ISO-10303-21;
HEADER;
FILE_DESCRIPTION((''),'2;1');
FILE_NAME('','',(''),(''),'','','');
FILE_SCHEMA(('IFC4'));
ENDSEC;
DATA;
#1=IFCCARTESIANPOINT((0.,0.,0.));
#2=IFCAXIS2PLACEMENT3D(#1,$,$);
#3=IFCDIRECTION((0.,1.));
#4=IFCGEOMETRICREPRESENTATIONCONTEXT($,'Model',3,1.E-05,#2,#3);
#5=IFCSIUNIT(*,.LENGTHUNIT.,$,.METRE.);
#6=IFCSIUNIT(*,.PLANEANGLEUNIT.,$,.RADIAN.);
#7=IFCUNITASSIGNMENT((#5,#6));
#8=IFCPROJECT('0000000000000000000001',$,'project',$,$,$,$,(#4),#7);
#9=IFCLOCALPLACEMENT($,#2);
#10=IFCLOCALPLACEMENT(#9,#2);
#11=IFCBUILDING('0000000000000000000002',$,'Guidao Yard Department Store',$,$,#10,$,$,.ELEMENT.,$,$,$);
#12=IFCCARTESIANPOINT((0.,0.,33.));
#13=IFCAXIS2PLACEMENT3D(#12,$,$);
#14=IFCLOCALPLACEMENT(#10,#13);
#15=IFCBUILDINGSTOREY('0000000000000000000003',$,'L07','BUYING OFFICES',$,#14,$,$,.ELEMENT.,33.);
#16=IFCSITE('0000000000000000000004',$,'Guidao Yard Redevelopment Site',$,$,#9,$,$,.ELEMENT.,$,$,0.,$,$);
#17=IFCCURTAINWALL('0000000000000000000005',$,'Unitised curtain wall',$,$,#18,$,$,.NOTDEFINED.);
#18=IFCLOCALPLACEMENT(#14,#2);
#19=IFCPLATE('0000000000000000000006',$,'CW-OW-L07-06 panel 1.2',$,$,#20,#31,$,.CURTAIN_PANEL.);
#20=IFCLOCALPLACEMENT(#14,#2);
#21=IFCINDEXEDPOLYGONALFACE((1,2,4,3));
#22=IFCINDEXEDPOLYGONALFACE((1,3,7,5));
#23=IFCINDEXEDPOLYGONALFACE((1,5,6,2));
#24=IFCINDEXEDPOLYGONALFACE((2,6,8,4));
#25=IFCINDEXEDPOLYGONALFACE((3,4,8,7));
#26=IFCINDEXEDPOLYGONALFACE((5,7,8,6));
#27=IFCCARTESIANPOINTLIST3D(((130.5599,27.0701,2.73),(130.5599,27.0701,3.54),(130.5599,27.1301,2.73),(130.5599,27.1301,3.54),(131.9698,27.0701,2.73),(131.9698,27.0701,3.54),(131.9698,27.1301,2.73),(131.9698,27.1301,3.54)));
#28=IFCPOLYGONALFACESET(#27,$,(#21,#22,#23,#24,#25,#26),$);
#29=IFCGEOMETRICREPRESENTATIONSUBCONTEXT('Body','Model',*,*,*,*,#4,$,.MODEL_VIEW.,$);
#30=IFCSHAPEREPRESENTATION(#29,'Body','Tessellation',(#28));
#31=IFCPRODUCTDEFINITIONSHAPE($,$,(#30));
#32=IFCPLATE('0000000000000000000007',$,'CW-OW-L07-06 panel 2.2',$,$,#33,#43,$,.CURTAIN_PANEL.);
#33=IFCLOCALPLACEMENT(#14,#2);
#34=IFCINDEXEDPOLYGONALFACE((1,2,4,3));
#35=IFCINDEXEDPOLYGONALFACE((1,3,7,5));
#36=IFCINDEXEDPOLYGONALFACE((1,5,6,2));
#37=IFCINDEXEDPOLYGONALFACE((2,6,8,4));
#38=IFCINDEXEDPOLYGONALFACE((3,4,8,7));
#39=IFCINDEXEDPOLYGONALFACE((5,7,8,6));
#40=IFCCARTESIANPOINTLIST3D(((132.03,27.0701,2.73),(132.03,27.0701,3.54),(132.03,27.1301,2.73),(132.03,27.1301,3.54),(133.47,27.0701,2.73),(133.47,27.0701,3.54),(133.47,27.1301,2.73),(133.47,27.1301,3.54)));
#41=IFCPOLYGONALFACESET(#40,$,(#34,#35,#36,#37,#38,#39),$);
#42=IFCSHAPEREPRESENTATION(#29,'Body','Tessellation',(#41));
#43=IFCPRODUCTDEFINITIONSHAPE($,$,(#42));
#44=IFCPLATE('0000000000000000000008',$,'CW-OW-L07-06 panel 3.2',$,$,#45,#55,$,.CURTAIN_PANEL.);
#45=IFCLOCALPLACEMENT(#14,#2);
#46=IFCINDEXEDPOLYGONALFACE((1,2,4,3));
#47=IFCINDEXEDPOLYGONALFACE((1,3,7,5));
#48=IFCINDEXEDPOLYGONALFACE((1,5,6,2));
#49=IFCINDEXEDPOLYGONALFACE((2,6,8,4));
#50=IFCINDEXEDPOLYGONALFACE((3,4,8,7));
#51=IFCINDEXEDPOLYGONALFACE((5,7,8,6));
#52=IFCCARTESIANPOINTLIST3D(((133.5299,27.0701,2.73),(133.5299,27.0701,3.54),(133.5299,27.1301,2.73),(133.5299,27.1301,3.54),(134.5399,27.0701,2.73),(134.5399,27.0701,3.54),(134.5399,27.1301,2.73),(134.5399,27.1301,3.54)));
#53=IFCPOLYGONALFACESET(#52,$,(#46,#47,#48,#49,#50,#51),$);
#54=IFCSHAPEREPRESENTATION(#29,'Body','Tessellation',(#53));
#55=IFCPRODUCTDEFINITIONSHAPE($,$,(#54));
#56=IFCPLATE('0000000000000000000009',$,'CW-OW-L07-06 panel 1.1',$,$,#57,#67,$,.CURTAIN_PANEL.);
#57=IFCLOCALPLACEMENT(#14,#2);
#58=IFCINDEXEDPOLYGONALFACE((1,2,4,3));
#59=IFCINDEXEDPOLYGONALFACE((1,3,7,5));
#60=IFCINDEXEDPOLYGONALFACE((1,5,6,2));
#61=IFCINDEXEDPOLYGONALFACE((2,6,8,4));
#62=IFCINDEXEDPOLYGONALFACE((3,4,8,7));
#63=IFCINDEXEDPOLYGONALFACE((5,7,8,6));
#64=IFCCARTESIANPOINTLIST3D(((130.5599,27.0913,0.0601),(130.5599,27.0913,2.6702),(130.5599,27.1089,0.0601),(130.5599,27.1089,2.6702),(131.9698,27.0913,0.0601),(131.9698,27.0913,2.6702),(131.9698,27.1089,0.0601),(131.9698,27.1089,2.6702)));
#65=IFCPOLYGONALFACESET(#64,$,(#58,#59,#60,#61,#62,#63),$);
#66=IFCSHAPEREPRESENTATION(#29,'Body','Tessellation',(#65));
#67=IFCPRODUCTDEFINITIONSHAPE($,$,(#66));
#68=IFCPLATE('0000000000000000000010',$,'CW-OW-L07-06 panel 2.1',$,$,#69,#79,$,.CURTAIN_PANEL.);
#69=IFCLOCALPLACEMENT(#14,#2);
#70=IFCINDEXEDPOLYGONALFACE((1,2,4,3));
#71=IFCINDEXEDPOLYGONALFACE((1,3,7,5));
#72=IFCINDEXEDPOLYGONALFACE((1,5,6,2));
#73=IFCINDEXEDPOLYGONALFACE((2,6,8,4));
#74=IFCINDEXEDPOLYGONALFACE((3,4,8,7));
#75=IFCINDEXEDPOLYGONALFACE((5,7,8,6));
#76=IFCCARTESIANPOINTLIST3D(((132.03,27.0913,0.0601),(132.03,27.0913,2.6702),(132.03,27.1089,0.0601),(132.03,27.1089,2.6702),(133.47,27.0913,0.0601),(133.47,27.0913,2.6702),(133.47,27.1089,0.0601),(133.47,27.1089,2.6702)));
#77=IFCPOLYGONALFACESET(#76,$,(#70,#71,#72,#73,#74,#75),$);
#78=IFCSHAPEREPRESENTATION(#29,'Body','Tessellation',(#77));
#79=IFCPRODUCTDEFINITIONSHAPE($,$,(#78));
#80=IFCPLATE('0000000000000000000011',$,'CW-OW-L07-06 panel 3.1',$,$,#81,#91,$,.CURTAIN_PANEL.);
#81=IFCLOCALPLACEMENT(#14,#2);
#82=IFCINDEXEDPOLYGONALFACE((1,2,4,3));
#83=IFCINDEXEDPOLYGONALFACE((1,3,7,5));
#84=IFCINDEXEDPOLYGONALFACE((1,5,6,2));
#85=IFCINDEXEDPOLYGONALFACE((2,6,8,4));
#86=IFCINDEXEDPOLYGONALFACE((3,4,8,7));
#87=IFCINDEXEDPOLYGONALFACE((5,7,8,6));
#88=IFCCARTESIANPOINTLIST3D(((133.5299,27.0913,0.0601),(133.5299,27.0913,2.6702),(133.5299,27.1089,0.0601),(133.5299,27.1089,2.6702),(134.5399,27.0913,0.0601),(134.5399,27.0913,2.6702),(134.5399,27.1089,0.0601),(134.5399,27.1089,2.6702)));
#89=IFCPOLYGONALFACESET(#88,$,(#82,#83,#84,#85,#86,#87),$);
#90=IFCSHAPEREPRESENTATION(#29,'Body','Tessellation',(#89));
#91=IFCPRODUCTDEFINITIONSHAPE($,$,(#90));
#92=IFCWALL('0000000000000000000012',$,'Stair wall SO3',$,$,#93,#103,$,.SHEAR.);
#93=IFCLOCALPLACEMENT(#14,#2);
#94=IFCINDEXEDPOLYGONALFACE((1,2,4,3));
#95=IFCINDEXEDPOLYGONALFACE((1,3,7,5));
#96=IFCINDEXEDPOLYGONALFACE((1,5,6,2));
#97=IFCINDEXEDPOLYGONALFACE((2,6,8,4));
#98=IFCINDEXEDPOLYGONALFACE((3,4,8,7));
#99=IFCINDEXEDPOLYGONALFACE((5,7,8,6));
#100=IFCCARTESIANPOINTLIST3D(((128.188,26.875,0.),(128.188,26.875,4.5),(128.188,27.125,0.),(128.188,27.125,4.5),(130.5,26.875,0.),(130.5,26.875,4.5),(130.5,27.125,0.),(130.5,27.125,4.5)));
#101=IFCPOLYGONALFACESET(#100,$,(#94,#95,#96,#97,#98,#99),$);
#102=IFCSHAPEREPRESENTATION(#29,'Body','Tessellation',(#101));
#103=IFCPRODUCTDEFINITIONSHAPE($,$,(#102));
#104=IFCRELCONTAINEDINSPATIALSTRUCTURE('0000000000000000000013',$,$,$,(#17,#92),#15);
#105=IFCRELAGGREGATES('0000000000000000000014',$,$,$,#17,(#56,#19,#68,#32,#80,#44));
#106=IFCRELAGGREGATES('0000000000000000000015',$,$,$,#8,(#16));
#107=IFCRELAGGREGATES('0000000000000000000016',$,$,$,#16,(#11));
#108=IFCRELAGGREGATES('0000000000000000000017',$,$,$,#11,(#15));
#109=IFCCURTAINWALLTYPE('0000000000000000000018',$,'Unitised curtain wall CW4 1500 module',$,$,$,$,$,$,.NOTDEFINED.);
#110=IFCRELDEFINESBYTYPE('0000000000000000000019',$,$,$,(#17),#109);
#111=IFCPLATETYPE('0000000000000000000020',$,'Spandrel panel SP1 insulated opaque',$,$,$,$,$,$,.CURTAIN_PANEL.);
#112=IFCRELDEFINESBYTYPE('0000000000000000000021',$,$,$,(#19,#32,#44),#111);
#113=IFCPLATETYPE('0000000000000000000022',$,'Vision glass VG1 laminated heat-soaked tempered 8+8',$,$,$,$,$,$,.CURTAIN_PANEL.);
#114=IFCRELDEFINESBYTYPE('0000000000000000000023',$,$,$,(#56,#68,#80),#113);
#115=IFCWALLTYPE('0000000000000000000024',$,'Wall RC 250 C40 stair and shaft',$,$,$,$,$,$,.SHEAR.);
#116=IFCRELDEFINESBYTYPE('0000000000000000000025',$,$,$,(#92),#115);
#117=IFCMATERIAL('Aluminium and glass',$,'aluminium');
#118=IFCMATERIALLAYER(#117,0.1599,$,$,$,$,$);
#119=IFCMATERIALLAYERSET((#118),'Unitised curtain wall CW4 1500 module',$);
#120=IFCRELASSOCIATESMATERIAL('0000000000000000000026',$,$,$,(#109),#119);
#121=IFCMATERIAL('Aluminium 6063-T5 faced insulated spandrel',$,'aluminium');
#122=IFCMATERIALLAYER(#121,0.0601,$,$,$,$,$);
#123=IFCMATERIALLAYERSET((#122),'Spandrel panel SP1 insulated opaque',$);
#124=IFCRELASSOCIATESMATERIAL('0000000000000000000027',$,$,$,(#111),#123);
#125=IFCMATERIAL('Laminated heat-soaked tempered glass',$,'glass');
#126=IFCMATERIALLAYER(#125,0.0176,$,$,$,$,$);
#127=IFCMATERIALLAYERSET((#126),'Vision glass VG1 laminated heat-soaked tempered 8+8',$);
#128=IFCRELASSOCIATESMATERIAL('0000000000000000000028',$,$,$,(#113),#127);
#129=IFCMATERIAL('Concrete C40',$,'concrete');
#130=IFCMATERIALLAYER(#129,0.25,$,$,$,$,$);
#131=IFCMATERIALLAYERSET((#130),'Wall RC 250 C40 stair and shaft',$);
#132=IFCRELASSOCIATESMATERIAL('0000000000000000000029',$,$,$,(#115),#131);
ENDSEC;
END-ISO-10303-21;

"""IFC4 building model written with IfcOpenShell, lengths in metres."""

from ifc_helpers import new_model, si_unit, direction, frame, frame_2d, origin, origin_2d, place, context, subcontext, project, spatial, rectangle, extrude, material, layer, layer_set, type_object, element, aggregate, save


model = new_model("IFC4")

# Units and contexts
model_context = context("Model", 3, precision=1e-05, world=origin(), true_north=direction((0.0, 1.0)))
body_context = subcontext(model_context, "Body", "Model", "MODEL_VIEW")
ifc_project = project(units=[si_unit("LENGTHUNIT", "METRE"), si_unit("PLANEANGLEUNIT", "RADIAN")], contexts=[model_context])

# Site, building, storey
site_placement = place(None, origin())
site = spatial("IfcSite", under=ifc_project, at=site_placement, Name="Guidao Yard Redevelopment Site", CompositionType="ELEMENT", RefElevation=0.0)
building_placement = place(site_placement, origin())
building = spatial("IfcBuilding", under=site, at=building_placement, Name="Guidao Yard Department Store", CompositionType="ELEMENT")
storey_placement = place(building_placement, frame((0.0, 0.0, 33.0)))
storey = spatial("IfcBuildingStorey", under=building, at=storey_placement, Name="L07", Description="BUYING OFFICES", CompositionType="ELEMENT", Elevation=33.0)

# Curtain wall, plates
ifc_material_1 = material(Name="Aluminium and glass", Category="aluminium")
ifc_layer_1 = layer(ifc_material_1, 0.1599)
ifc_layer_set_1 = layer_set([ifc_layer_1], Name="Unitised curtain wall CW4 1500 module")
curtain_wall_type = type_object("IfcCurtainWallType", Name="Unitised curtain wall CW4 1500 module", PredefinedType="NOTDEFINED", material=ifc_layer_set_1)
curtain_wall_placement = place(storey_placement, origin())
curtain_wall = element("IfcCurtainWall", 1, at=curtain_wall_placement, inside=storey, type_object=curtain_wall_type, Name="Unitised curtain wall", PredefinedType="NOTDEFINED")
ifc_material_2 = material(Name="Aluminium 6063-T5 faced insulated spandrel", Category="aluminium")
ifc_layer_2 = layer(ifc_material_2, 0.0601)
ifc_layer_set_2 = layer_set([ifc_layer_2], Name="Spandrel panel SP1 insulated opaque")
plate_type_1 = type_object("IfcPlateType", Name="Spandrel panel SP1 insulated opaque", PredefinedType="CURTAIN_PANEL", material=ifc_layer_set_2)
plate_1_placement = place(storey_placement, frame((131.2649, 27.1001, 2.73), z_axis=(0.0, 0.0, 1.0), x_axis=(1.0, 0.0, 0.0)))
plate_1 = element("IfcPlate", 2, at=plate_1_placement, type_object=plate_type_1, Name="CW-OW-L07-06 panel 1.2", PredefinedType="CURTAIN_PANEL", context=body_context, shape_type="SweptSolid", body=[
    extrude(rectangle(XDim=1.4099, YDim=0.0601, at=origin_2d()), origin(), (0.0, 0.0, 1.0), 0.8101),
])
plate_2_placement = place(storey_placement, frame((132.75, 27.1001, 2.73), z_axis=(0.0, 0.0, 1.0), x_axis=(1.0, 0.0, 0.0)))
plate_2 = element("IfcPlate", 3, at=plate_2_placement, type_object=plate_type_1, Name="CW-OW-L07-06 panel 2.2", PredefinedType="CURTAIN_PANEL", context=body_context, shape_type="SweptSolid", body=[
    extrude(rectangle(XDim=1.4399, YDim=0.0601, at=origin_2d()), origin(), (0.0, 0.0, 1.0), 0.8101),
])
plate_3_placement = place(storey_placement, frame((134.0349, 27.1001, 2.73), z_axis=(0.0, 0.0, 1.0), x_axis=(1.0, 0.0, 0.0)))
plate_3 = element("IfcPlate", 4, at=plate_3_placement, type_object=plate_type_1, Name="CW-OW-L07-06 panel 3.2", PredefinedType="CURTAIN_PANEL", context=body_context, shape_type="SweptSolid", body=[
    extrude(rectangle(XDim=1.01, YDim=0.0601, at=origin_2d()), origin(), (0.0, 0.0, 1.0), 0.8101),
])
ifc_material_3 = material(Name="Laminated heat-soaked tempered glass", Category="glass")
ifc_layer_3 = layer(ifc_material_3, 0.0176)
ifc_layer_set_3 = layer_set([ifc_layer_3], Name="Vision glass VG1 laminated heat-soaked tempered 8+8")
plate_type_2 = type_object("IfcPlateType", Name="Vision glass VG1 laminated heat-soaked tempered 8+8", PredefinedType="CURTAIN_PANEL", material=ifc_layer_set_3)
plate_4_placement = place(storey_placement, frame((131.2649, 27.1001, 0.0601), z_axis=(0.0, 0.0, 1.0), x_axis=(1.0, 0.0, 0.0)))
plate_4 = element("IfcPlate", 5, at=plate_4_placement, type_object=plate_type_2, Name="CW-OW-L07-06 panel 1.1", PredefinedType="CURTAIN_PANEL", context=body_context, shape_type="SweptSolid", body=[
    extrude(rectangle(XDim=1.4099, YDim=0.0176, at=origin_2d()), origin(), (0.0, 0.0, 1.0), 2.6101),
])
plate_5_placement = place(storey_placement, frame((132.75, 27.1001, 0.0601), z_axis=(0.0, 0.0, 1.0), x_axis=(1.0, 0.0, 0.0)))
plate_5 = element("IfcPlate", 6, at=plate_5_placement, type_object=plate_type_2, Name="CW-OW-L07-06 panel 2.1", PredefinedType="CURTAIN_PANEL", context=body_context, shape_type="SweptSolid", body=[
    extrude(rectangle(XDim=1.4399, YDim=0.0176, at=origin_2d()), origin(), (0.0, 0.0, 1.0), 2.6101),
])
plate_6_placement = place(storey_placement, frame((134.0349, 27.1001, 0.0601), z_axis=(0.0, 0.0, 1.0), x_axis=(1.0, 0.0, 0.0)))
plate_6 = element("IfcPlate", 7, at=plate_6_placement, type_object=plate_type_2, Name="CW-OW-L07-06 panel 3.1", PredefinedType="CURTAIN_PANEL", context=body_context, shape_type="SweptSolid", body=[
    extrude(rectangle(XDim=1.01, YDim=0.0176, at=origin_2d()), origin(), (0.0, 0.0, 1.0), 2.6101),
])
aggregate(curtain_wall, [plate_4, plate_1, plate_5, plate_2, plate_6, plate_3])

# Wall
ifc_material_4 = material(Name="Concrete C40", Category="concrete")
ifc_layer_4 = layer(ifc_material_4, 0.25)
ifc_layer_set_4 = layer_set([ifc_layer_4], Name="Wall RC 250 C40 stair and shaft")
wall_type = type_object("IfcWallType", Name="Wall RC 250 C40 stair and shaft", PredefinedType="SHEAR", material=ifc_layer_set_4)
wall_placement = place(storey_placement, frame((128.188, 27.0, 0.0), z_axis=(0.0, 0.0, 1.0), x_axis=(1.0, 0.0, 0.0)))
element("IfcWall", 8, at=wall_placement, inside=storey, type_object=wall_type, Name="Stair wall SO3", PredefinedType="SHEAR", context=body_context, shape_type="SweptSolid", body=[
    extrude(rectangle(XDim=2.312, YDim=0.25, at=frame_2d((1.156, 0.0))), origin(), (0.0, 0.0, 1.0), 4.5),
])

save(model, "model.ifc")
